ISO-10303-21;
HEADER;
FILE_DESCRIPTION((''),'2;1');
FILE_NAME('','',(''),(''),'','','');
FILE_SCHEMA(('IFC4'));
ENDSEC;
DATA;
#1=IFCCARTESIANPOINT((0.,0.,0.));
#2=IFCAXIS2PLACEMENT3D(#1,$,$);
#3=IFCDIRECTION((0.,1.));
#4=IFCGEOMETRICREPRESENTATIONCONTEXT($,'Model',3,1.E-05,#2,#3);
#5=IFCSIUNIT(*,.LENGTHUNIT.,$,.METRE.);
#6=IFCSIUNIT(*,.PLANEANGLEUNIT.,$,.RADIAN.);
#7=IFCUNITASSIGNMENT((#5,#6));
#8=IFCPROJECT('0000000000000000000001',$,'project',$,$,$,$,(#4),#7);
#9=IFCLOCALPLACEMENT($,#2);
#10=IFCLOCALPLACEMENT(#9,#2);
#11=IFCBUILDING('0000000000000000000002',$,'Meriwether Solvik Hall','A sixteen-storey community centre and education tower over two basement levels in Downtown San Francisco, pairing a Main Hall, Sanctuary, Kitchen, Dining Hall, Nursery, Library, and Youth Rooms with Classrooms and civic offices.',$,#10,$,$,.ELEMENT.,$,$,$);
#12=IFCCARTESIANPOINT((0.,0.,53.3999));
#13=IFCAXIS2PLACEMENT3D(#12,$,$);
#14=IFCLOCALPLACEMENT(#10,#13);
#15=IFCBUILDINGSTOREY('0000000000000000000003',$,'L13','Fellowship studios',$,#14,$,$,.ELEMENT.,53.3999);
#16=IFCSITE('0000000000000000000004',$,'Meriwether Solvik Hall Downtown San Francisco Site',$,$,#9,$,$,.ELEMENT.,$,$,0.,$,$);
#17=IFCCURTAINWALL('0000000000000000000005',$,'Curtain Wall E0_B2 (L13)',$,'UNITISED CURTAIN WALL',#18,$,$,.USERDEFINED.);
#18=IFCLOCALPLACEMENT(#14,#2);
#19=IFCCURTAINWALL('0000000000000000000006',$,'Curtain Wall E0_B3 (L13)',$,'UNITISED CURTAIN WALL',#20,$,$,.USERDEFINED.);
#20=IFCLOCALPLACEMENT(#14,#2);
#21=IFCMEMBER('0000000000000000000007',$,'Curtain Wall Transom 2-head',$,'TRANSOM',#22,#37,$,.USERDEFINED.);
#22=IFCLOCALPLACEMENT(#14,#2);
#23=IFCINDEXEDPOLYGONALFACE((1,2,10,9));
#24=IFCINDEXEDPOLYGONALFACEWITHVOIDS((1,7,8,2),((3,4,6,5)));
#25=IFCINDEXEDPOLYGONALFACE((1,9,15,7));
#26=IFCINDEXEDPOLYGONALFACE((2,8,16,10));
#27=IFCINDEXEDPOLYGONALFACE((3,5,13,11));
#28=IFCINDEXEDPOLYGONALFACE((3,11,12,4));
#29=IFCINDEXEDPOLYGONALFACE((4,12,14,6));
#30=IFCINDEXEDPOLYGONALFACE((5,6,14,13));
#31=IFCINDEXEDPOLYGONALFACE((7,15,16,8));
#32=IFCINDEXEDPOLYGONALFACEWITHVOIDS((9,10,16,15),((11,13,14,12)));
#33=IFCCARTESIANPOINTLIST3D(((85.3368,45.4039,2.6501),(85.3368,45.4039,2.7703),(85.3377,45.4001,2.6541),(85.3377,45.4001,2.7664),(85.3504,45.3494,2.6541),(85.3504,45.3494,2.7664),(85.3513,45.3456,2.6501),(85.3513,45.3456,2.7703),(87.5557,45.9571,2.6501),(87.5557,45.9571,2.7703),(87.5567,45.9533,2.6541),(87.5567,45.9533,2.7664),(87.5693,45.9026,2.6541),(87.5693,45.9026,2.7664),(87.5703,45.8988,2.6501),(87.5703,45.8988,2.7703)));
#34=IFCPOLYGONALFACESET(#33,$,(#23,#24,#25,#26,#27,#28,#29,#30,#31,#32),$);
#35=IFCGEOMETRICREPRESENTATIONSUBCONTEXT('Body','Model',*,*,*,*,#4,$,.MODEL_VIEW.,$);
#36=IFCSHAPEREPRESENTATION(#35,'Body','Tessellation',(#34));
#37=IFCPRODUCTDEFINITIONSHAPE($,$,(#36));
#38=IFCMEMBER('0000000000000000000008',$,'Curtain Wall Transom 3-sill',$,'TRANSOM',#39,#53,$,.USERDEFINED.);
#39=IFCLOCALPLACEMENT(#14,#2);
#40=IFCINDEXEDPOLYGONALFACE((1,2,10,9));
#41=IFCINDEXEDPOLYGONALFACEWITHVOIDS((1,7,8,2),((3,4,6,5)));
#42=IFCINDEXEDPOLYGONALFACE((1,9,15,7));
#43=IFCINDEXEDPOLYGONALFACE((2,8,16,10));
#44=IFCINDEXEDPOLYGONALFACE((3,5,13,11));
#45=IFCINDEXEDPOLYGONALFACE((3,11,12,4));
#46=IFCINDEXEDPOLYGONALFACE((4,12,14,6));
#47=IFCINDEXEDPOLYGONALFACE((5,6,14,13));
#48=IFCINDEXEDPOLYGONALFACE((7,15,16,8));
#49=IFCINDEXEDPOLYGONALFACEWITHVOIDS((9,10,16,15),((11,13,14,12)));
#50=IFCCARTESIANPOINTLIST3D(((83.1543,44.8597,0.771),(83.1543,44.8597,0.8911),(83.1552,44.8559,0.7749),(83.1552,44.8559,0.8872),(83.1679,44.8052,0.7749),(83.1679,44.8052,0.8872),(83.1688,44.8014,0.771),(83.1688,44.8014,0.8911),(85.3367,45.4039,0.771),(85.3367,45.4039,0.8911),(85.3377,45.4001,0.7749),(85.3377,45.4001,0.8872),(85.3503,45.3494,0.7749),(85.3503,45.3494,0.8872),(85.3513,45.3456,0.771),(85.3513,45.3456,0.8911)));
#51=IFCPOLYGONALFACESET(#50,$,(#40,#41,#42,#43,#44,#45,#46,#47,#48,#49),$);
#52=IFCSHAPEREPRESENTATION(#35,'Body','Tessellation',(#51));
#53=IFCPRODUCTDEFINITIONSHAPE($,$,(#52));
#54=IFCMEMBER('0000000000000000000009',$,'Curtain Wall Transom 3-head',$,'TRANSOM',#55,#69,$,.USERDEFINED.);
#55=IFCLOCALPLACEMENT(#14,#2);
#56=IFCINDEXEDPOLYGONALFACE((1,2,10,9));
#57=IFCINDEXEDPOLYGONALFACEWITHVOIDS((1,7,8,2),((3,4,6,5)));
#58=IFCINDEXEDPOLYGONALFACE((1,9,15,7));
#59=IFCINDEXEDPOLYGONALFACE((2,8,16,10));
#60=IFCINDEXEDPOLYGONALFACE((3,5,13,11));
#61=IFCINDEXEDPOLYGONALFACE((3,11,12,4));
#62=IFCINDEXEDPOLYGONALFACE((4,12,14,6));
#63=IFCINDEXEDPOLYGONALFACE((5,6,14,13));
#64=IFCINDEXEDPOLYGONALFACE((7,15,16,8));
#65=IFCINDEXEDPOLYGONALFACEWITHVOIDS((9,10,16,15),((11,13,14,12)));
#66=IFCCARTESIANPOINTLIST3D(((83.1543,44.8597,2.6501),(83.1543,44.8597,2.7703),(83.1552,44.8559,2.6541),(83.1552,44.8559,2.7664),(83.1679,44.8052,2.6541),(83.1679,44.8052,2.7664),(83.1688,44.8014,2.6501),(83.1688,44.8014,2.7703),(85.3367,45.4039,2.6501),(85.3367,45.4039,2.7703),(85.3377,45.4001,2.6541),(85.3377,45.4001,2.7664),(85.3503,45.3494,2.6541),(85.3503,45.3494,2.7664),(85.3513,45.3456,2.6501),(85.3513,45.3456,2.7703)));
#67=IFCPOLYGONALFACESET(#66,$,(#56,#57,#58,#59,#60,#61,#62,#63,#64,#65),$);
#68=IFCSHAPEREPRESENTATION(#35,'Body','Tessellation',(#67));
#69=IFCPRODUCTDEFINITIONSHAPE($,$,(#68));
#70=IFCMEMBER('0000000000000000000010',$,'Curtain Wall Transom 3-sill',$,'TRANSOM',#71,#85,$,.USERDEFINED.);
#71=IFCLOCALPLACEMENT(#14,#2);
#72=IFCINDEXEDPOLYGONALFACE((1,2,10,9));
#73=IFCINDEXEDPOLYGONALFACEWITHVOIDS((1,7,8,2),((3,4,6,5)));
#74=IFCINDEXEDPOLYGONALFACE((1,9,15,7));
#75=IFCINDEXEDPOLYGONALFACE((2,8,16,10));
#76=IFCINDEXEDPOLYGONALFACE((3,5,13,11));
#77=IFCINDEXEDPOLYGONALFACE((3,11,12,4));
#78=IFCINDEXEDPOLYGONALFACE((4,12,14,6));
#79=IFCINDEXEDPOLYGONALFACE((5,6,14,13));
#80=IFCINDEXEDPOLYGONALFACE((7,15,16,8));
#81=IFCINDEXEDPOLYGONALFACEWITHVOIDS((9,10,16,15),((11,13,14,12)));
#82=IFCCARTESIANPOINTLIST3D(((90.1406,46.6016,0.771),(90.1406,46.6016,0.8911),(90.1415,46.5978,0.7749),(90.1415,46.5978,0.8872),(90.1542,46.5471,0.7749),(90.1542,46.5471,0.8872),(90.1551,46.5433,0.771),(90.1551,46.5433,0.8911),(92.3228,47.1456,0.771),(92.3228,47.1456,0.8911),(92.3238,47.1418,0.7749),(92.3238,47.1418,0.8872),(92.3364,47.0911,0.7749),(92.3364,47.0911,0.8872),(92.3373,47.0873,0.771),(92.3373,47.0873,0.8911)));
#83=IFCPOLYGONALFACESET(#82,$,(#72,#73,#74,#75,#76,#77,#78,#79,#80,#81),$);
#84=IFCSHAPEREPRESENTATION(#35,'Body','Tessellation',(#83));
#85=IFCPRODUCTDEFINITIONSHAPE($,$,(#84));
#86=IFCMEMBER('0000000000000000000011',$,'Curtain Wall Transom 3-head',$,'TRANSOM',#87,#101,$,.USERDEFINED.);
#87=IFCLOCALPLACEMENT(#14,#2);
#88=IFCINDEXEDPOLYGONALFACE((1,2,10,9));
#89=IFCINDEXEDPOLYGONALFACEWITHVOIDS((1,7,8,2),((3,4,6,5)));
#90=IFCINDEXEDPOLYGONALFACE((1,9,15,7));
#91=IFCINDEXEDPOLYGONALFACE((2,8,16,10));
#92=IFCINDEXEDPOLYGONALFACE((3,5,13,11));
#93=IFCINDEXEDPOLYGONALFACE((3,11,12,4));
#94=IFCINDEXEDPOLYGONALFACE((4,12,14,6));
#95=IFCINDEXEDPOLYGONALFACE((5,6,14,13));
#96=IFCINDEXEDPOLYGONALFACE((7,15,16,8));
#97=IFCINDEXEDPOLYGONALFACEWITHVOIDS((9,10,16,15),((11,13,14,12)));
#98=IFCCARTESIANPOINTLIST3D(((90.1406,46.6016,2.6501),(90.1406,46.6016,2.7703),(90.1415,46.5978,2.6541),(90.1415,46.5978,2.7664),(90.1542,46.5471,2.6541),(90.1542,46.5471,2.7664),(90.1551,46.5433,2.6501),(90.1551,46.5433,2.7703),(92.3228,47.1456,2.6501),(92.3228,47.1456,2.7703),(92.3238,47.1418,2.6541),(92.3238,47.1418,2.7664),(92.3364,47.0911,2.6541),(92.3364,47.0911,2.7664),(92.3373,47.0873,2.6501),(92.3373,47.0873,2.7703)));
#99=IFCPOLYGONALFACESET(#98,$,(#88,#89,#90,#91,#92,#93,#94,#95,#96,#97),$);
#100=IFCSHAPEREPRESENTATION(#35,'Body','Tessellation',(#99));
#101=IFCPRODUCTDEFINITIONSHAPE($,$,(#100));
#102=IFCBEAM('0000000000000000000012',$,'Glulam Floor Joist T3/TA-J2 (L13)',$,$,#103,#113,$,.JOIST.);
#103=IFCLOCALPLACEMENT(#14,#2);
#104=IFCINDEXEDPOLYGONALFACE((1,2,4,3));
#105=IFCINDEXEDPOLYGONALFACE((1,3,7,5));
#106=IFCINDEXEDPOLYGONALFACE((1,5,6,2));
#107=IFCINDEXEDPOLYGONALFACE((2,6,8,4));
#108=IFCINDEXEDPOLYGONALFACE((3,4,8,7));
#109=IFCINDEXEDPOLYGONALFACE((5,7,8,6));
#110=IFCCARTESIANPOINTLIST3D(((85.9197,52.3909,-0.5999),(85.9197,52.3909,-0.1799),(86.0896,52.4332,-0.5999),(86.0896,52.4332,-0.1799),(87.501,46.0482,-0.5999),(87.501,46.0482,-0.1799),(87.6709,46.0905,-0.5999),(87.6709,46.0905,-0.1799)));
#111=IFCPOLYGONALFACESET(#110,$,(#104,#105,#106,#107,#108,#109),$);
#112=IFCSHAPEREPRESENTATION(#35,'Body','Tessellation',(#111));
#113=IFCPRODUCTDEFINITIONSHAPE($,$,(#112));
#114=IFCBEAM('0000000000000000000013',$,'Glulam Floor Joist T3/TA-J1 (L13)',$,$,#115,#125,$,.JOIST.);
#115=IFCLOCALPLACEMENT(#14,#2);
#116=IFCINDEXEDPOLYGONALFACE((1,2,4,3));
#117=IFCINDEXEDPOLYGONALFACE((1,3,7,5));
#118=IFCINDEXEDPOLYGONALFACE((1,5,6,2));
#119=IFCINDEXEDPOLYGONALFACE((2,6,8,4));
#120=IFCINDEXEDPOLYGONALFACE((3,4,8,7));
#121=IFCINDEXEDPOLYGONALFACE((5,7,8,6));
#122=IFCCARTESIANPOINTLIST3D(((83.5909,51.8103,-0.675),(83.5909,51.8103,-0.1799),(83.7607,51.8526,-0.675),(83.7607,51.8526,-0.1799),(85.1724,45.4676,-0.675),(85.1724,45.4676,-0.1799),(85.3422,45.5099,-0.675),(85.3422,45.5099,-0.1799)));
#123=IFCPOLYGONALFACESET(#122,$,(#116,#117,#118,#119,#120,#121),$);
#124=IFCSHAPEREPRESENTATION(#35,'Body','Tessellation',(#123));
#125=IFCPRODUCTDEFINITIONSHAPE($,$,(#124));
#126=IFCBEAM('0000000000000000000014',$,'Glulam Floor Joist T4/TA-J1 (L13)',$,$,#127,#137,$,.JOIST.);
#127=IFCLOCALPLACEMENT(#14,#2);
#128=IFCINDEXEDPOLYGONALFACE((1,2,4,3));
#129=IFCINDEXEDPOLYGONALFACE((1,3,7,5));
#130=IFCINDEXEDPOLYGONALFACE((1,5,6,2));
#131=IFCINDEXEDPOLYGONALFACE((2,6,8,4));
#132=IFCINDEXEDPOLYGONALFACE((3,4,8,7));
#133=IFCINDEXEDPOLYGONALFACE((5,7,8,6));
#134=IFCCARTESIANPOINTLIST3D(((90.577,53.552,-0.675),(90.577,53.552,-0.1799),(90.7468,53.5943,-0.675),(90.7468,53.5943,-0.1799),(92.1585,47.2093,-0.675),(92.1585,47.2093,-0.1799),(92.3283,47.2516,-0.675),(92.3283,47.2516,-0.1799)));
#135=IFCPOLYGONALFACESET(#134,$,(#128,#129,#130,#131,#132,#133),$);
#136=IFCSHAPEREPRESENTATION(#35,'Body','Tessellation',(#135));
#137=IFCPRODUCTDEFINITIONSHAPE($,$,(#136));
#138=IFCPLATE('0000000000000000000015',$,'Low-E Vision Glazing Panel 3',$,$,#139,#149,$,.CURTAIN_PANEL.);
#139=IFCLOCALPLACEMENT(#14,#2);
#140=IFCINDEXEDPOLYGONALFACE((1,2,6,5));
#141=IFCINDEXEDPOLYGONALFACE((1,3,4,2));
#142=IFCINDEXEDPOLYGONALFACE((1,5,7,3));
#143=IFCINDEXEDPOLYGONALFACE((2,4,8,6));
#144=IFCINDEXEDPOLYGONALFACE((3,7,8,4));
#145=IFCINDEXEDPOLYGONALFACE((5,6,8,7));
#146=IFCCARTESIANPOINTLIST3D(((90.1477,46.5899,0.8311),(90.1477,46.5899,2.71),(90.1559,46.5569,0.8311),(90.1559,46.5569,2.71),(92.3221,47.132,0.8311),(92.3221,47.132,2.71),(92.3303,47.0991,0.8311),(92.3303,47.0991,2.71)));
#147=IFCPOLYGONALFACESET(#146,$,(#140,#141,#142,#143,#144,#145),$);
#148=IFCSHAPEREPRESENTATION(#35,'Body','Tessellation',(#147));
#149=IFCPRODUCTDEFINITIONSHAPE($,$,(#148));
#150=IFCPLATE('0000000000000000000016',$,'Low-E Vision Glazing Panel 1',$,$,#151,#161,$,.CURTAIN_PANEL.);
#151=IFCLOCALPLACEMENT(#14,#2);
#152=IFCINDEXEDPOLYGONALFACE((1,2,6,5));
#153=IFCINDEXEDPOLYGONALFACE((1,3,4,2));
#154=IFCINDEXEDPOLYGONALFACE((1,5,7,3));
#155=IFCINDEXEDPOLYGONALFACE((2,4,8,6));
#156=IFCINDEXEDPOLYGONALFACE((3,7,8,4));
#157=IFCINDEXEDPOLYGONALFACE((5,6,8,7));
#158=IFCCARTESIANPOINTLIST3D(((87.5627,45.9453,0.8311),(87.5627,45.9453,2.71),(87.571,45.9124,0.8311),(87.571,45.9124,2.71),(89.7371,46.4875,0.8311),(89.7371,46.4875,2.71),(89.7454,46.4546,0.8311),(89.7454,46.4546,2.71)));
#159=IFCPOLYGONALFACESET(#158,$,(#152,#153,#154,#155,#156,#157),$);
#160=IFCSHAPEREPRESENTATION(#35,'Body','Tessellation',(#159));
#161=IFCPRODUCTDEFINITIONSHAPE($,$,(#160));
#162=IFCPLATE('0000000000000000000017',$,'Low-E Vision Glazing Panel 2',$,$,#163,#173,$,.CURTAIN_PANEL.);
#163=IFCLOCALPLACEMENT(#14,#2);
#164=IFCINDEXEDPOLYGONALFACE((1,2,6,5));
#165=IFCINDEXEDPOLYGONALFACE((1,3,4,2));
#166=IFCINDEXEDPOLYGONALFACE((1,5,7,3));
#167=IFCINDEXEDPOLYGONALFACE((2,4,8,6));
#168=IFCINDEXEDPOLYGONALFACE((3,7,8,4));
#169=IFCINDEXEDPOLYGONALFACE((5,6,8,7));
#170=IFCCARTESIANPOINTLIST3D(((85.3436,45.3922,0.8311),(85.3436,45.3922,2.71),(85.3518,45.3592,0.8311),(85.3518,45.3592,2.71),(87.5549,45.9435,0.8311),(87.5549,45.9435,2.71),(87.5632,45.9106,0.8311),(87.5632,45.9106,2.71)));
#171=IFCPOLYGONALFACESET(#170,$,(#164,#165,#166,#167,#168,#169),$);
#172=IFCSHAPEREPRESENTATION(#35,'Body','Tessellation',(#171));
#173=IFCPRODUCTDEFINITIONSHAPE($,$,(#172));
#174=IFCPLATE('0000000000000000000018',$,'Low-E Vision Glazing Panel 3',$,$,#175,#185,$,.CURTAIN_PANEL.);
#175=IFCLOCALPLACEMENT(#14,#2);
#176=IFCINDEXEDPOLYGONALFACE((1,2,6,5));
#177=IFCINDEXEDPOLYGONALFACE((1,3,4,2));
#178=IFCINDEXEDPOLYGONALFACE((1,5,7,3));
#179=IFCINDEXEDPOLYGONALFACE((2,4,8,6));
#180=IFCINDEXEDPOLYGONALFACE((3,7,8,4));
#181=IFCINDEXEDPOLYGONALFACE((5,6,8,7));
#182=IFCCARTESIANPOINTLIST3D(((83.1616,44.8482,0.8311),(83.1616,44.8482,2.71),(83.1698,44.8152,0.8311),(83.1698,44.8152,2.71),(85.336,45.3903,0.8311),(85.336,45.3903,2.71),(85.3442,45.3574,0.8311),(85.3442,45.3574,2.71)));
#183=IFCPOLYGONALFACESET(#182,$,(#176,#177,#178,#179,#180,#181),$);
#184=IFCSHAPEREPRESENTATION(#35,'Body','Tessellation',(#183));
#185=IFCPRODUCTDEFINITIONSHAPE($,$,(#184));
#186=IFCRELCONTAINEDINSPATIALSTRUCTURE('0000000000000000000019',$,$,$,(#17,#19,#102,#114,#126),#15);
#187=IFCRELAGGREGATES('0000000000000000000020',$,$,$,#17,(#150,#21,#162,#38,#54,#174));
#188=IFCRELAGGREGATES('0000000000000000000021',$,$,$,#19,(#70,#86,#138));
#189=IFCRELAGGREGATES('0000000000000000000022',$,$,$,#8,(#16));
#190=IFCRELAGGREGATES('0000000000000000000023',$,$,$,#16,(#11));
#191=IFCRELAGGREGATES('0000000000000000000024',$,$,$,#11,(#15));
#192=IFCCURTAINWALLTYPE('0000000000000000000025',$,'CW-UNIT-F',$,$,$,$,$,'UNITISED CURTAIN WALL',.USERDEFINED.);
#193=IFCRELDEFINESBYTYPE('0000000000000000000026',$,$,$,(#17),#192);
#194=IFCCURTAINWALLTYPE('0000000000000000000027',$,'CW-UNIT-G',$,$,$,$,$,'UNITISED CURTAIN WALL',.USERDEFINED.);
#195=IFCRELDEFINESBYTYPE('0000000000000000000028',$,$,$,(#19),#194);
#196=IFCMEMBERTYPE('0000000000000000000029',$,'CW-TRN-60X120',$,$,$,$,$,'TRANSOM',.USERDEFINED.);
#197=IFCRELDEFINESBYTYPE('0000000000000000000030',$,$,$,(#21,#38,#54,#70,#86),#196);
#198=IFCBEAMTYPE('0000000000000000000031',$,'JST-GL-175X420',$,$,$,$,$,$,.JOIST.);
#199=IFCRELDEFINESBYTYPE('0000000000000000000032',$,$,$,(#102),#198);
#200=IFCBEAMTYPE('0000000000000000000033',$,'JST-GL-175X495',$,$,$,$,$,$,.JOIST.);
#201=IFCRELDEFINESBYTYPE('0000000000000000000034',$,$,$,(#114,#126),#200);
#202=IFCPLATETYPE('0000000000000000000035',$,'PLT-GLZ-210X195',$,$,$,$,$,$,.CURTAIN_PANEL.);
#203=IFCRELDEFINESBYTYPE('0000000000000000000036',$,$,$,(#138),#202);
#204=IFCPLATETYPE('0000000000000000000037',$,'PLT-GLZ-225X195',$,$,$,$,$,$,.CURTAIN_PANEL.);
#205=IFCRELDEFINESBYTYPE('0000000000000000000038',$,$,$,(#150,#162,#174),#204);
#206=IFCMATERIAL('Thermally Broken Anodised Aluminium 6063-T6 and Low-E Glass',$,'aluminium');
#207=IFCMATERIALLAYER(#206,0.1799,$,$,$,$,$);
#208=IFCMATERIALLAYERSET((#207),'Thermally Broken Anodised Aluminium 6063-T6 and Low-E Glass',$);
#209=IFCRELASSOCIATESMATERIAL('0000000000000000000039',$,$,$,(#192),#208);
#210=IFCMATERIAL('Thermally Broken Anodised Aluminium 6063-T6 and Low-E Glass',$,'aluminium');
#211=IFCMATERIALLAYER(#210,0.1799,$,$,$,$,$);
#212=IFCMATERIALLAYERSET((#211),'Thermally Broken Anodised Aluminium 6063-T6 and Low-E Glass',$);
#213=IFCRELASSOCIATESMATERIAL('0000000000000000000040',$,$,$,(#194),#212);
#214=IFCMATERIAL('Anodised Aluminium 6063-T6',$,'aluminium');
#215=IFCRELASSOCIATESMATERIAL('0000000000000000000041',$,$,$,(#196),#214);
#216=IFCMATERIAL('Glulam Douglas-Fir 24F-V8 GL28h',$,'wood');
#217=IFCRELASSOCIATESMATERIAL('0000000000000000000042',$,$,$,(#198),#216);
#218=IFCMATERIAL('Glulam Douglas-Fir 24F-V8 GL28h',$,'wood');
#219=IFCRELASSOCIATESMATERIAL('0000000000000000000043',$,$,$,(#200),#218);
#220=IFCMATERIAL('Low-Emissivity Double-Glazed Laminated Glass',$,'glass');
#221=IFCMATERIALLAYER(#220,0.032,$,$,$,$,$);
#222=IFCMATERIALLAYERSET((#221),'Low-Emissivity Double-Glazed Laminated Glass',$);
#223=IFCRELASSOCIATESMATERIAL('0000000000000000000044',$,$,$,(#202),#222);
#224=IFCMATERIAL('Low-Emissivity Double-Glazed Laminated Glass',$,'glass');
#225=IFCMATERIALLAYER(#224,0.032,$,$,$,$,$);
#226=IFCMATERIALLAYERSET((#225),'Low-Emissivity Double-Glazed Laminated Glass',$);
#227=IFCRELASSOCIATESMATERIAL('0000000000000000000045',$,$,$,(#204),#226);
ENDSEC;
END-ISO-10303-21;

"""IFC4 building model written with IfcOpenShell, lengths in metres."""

from ifc_helpers import new_model, si_unit, direction, frame, origin, origin_2d, place, context, subcontext, project, spatial, rectangle, hollow_rectangle, extrude, material, layer, layer_set, material_profile, profile_set, type_object, element, aggregate, save


model = new_model("IFC4")

# Units and contexts
model_context = context("Model", 3, precision=1e-05, world=origin(), true_north=direction((0.0, 1.0)))
body_context = subcontext(model_context, "Body", "Model", "MODEL_VIEW")
ifc_project = project(units=[si_unit("LENGTHUNIT", "METRE"), si_unit("PLANEANGLEUNIT", "RADIAN")], contexts=[model_context])

# Site, building, storey
site_placement = place(None, origin())
site = spatial("IfcSite", under=ifc_project, at=site_placement, Name="Meriwether Solvik Hall Downtown San Francisco Site", CompositionType="ELEMENT", RefElevation=0.0)
building_placement = place(site_placement, origin())
building = spatial("IfcBuilding", under=site, at=building_placement, Name="Meriwether Solvik Hall", Description="A sixteen-storey community centre and education tower over two basement levels in Downtown San Francisco, pairing a Main Hall, Sanctuary, Kitchen, Dining Hall, Nursery, Library, and Youth Rooms with Classrooms and civic offices.", CompositionType="ELEMENT")
storey_placement = place(building_placement, frame((0.0, 0.0, 53.3999)))
storey = spatial("IfcBuildingStorey", under=building, at=storey_placement, Name="L13", Description="Fellowship studios", CompositionType="ELEMENT", Elevation=53.3999)

# Curtain walls
ifc_material_1 = material(Name="Thermally Broken Anodised Aluminium 6063-T6 and Low-E Glass", Category="aluminium")
ifc_layer_1 = layer(ifc_material_1, 0.1799)
ifc_layer_set_1 = layer_set([ifc_layer_1], Name="Thermally Broken Anodised Aluminium 6063-T6 and Low-E Glass")
curtain_wall_type_1 = type_object("IfcCurtainWallType", Name="CW-UNIT-F", ElementType="UNITISED CURTAIN WALL", PredefinedType="USERDEFINED", material=ifc_layer_set_1)
curtain_wall_1_placement = place(storey_placement, origin())
curtain_wall_1 = element("IfcCurtainWall", 1, at=curtain_wall_1_placement, inside=storey, type_object=curtain_wall_type_1, Name="Curtain Wall E0_B2 (L13)", ObjectType="UNITISED CURTAIN WALL", PredefinedType="USERDEFINED")
ifc_material_2 = material(Name="Thermally Broken Anodised Aluminium 6063-T6 and Low-E Glass", Category="aluminium")
ifc_layer_2 = layer(ifc_material_2, 0.1799)
ifc_layer_set_2 = layer_set([ifc_layer_2], Name="Thermally Broken Anodised Aluminium 6063-T6 and Low-E Glass")
curtain_wall_type_2 = type_object("IfcCurtainWallType", Name="CW-UNIT-G", ElementType="UNITISED CURTAIN WALL", PredefinedType="USERDEFINED", material=ifc_layer_set_2)
curtain_wall_2_placement = place(storey_placement, origin())
curtain_wall_2 = element("IfcCurtainWall", 2, at=curtain_wall_2_placement, inside=storey, type_object=curtain_wall_type_2, Name="Curtain Wall E0_B3 (L13)", ObjectType="UNITISED CURTAIN WALL", PredefinedType="USERDEFINED")

# Members
ifc_material_3 = material(Name="Anodised Aluminium 6063-T6", Category="aluminium")
ifc_material_profile_1 = material_profile(ifc_material_3, hollow_rectangle(XDim=0.0601, YDim=0.1201, WallThickness=0.0039, at=origin_2d()), Name="CWT-60X120")
ifc_profile_set_1 = profile_set([ifc_material_profile_1], Name="Anodised Aluminium 6063-T6")
member_type_1 = type_object("IfcMemberType", Name="CW-TRN-60X120", ElementType="TRANSOM", PredefinedType="USERDEFINED", material=ifc_profile_set_1)
member_1_placement = place(storey_placement, frame((87.563, 45.928, 2.7102), z_axis=(-0.970299, -0.241908, 0.0), x_axis=(0.241908, -0.970299, 0.0)))
member_1 = element("IfcMember", 3, at=member_1_placement, type_object=member_type_1, Name="Curtain Wall Transom 2-head", ObjectType="TRANSOM", PredefinedType="USERDEFINED", context=body_context, shape_type="SweptSolid", body=[
    extrude(hollow_rectangle(XDim=0.0601, YDim=0.1201, WallThickness=0.0039, at=origin_2d()), origin(), (0.0, 0.0, 1.0), 2.2869),
])
member_2_placement = place(storey_placement, frame((85.344, 45.3748, 0.8311), z_axis=(-0.970289, -0.241948, 0.0), x_axis=(0.241948, -0.970289, 0.0)))
member_2 = element("IfcMember", 4, at=member_2_placement, type_object=member_type_1, Name="Curtain Wall Transom 3-sill", ObjectType="TRANSOM", PredefinedType="USERDEFINED", context=body_context, shape_type="SweptSolid", body=[
    extrude(hollow_rectangle(XDim=0.0601, YDim=0.1201, WallThickness=0.0039, at=origin_2d()), origin(), (0.0, 0.0, 1.0), 2.2493),
])
member_3_placement = place(storey_placement, frame((85.344, 45.3748, 2.7102), z_axis=(-0.970289, -0.241948, 0.0), x_axis=(0.241948, -0.970289, 0.0)))
member_3 = element("IfcMember", 5, at=member_3_placement, type_object=member_type_1, Name="Curtain Wall Transom 3-head", ObjectType="TRANSOM", PredefinedType="USERDEFINED", context=body_context, shape_type="SweptSolid", body=[
    extrude(hollow_rectangle(XDim=0.0601, YDim=0.1201, WallThickness=0.0039, at=origin_2d()), origin(), (0.0, 0.0, 1.0), 2.2493),
])
member_4_placement = place(storey_placement, frame((92.3301, 47.1165, 0.8311), z_axis=(-0.970308, -0.241871, 0.0), x_axis=(0.241871, -0.970308, 0.0)))
member_4 = element("IfcMember", 6, at=member_4_placement, type_object=member_type_1, Name="Curtain Wall Transom 3-sill", ObjectType="TRANSOM", PredefinedType="USERDEFINED", context=body_context, shape_type="SweptSolid", body=[
    extrude(hollow_rectangle(XDim=0.0601, YDim=0.1201, WallThickness=0.0039, at=origin_2d()), origin(), (0.0, 0.0, 1.0), 2.249),
])
member_5_placement = place(storey_placement, frame((92.3301, 47.1165, 2.7102), z_axis=(-0.970308, -0.241871, 0.0), x_axis=(0.241871, -0.970308, 0.0)))
member_5 = element("IfcMember", 7, at=member_5_placement, type_object=member_type_1, Name="Curtain Wall Transom 3-head", ObjectType="TRANSOM", PredefinedType="USERDEFINED", context=body_context, shape_type="SweptSolid", body=[
    extrude(hollow_rectangle(XDim=0.0601, YDim=0.1201, WallThickness=0.0039, at=origin_2d()), origin(), (0.0, 0.0, 1.0), 2.249),
])

# Beams
ifc_material_4 = material(Name="Glulam Douglas-Fir 24F-V8 GL28h", Category="wood")
ifc_material_profile_2 = material_profile(ifc_material_4, rectangle(XDim=0.175, YDim=0.4199, at=origin_2d()), Name="GLJ-175X420")
ifc_profile_set_2 = profile_set([ifc_material_profile_2], Name="Glulam Douglas-Fir 24F-V8 GL28h")
beam_type_1 = type_object("IfcBeamType", Name="JST-GL-175X420", PredefinedType="JOIST", material=ifc_profile_set_2)
beam_1_placement = place(storey_placement, frame((87.5859, 46.0693, -0.3899), z_axis=(-0.241903, 0.9703, 0.0), x_axis=(-0.9703, -0.241903, 0.0)))
element("IfcBeam", 8, at=beam_1_placement, inside=storey, type_object=beam_type_1, Name="Glulam Floor Joist T3/TA-J2 (L13)", PredefinedType="JOIST", context=body_context, shape_type="SweptSolid", body=[
    extrude(rectangle(XDim=0.175, YDim=0.4199, at=origin_2d()), origin(), (0.0, 0.0, 1.0), 6.5369),
])
ifc_material_5 = material(Name="Glulam Douglas-Fir 24F-V8 GL28h", Category="wood")
ifc_material_profile_3 = material_profile(ifc_material_5, rectangle(XDim=0.175, YDim=0.4951, at=origin_2d()), Name="GLJ-175X495")
ifc_profile_set_3 = profile_set([ifc_material_profile_3], Name="Glulam Douglas-Fir 24F-V8 GL28h")
beam_type_2 = type_object("IfcBeamType", Name="JST-GL-175X495", PredefinedType="JOIST", material=ifc_profile_set_3)
for number, where, z_axis, x_axis, name in (
    (9, (85.2573, 45.4888, -0.4275), (-0.241938, 0.970292, 0.0), (-0.970292, -0.241938, 0.0), "Glulam Floor Joist T3/TA-J1 (L13)"),
    (10, (92.2434, 47.2305, -0.4275), (-0.241938, 0.970292, 0.0), (-0.970292, -0.241938, 0.0), "Glulam Floor Joist T4/TA-J1 (L13)"),
):
    element("IfcBeam", number, at=place(storey_placement, frame(where, z_axis=z_axis, x_axis=x_axis)), inside=storey, type_object=beam_type_2, Name=name, PredefinedType="JOIST", context=body_context, shape_type="SweptSolid", body=[
        extrude(rectangle(XDim=0.175, YDim=0.4951, at=origin_2d()), origin(), (0.0, 0.0, 1.0), 6.5369),
    ])

# Plates
ifc_material_6 = material(Name="Low-Emissivity Double-Glazed Laminated Glass", Category="glass")
ifc_layer_3 = layer(ifc_material_6, 0.032)
ifc_layer_set_3 = layer_set([ifc_layer_3], Name="Low-Emissivity Double-Glazed Laminated Glass")
plate_type_1 = type_object("IfcPlateType", Name="PLT-GLZ-210X195", PredefinedType="CURTAIN_PANEL", material=ifc_layer_set_3)
plate_1_placement = place(storey_placement, frame((91.239, 46.8445, 0.8311), z_axis=(0.0, 0.0, 1.0), x_axis=(-0.970296, -0.241922, 0.0)))
plate_1 = element("IfcPlate", 11, at=plate_1_placement, type_object=plate_type_1, Name="Low-E Vision Glazing Panel 3", PredefinedType="CURTAIN_PANEL", context=body_context, shape_type="SweptSolid", body=[
    extrude(rectangle(XDim=2.241, YDim=0.0339, at=origin_2d()), origin(), (0.0, 0.0, 1.0), 1.8789),
])
ifc_material_7 = material(Name="Low-Emissivity Double-Glazed Laminated Glass", Category="glass")
ifc_layer_4 = layer(ifc_material_7, 0.032)
ifc_layer_set_4 = layer_set([ifc_layer_4], Name="Low-Emissivity Double-Glazed Laminated Glass")
plate_type_2 = type_object("IfcPlateType", Name="PLT-GLZ-225X195", PredefinedType="CURTAIN_PANEL", material=ifc_layer_set_4)
plate_2_placement = place(storey_placement, frame((88.6541, 46.2, 0.8311), z_axis=(0.0, 0.0, 1.0), x_axis=(-0.970296, -0.241922, 0.0)))
plate_2 = element("IfcPlate", 12, at=plate_2_placement, type_object=plate_type_2, Name="Low-E Vision Glazing Panel 1", PredefinedType="CURTAIN_PANEL", context=body_context, shape_type="SweptSolid", body=[
    extrude(rectangle(XDim=2.241, YDim=0.0339, at=origin_2d()), origin(), (0.0, 0.0, 1.0), 1.8789),
])
plate_3_placement = place(storey_placement, frame((86.4534, 45.6514, 0.8311), z_axis=(0.0, 0.0, 1.0), x_axis=(-0.970296, -0.241922, 0.0)))
plate_3 = element("IfcPlate", 13, at=plate_3_placement, type_object=plate_type_2, Name="Low-E Vision Glazing Panel 2", PredefinedType="CURTAIN_PANEL", context=body_context, shape_type="SweptSolid", body=[
    extrude(rectangle(XDim=2.2791, YDim=0.0339, at=origin_2d()), origin(), (0.0, 0.0, 1.0), 1.8789),
])
plate_4_placement = place(storey_placement, frame((84.2529, 45.1028, 0.8311), z_axis=(0.0, 0.0, 1.0), x_axis=(-0.970296, -0.241922, 0.0)))
plate_4 = element("IfcPlate", 14, at=plate_4_placement, type_object=plate_type_2, Name="Low-E Vision Glazing Panel 3", PredefinedType="CURTAIN_PANEL", context=body_context, shape_type="SweptSolid", body=[
    extrude(rectangle(XDim=2.241, YDim=0.0339, at=origin_2d()), origin(), (0.0, 0.0, 1.0), 1.8789),
])
aggregate(curtain_wall_1, [plate_2, member_1, plate_3, member_2, member_3, plate_4])
aggregate(curtain_wall_2, [member_4, member_5, plate_1])

save(model, "model.ifc")
